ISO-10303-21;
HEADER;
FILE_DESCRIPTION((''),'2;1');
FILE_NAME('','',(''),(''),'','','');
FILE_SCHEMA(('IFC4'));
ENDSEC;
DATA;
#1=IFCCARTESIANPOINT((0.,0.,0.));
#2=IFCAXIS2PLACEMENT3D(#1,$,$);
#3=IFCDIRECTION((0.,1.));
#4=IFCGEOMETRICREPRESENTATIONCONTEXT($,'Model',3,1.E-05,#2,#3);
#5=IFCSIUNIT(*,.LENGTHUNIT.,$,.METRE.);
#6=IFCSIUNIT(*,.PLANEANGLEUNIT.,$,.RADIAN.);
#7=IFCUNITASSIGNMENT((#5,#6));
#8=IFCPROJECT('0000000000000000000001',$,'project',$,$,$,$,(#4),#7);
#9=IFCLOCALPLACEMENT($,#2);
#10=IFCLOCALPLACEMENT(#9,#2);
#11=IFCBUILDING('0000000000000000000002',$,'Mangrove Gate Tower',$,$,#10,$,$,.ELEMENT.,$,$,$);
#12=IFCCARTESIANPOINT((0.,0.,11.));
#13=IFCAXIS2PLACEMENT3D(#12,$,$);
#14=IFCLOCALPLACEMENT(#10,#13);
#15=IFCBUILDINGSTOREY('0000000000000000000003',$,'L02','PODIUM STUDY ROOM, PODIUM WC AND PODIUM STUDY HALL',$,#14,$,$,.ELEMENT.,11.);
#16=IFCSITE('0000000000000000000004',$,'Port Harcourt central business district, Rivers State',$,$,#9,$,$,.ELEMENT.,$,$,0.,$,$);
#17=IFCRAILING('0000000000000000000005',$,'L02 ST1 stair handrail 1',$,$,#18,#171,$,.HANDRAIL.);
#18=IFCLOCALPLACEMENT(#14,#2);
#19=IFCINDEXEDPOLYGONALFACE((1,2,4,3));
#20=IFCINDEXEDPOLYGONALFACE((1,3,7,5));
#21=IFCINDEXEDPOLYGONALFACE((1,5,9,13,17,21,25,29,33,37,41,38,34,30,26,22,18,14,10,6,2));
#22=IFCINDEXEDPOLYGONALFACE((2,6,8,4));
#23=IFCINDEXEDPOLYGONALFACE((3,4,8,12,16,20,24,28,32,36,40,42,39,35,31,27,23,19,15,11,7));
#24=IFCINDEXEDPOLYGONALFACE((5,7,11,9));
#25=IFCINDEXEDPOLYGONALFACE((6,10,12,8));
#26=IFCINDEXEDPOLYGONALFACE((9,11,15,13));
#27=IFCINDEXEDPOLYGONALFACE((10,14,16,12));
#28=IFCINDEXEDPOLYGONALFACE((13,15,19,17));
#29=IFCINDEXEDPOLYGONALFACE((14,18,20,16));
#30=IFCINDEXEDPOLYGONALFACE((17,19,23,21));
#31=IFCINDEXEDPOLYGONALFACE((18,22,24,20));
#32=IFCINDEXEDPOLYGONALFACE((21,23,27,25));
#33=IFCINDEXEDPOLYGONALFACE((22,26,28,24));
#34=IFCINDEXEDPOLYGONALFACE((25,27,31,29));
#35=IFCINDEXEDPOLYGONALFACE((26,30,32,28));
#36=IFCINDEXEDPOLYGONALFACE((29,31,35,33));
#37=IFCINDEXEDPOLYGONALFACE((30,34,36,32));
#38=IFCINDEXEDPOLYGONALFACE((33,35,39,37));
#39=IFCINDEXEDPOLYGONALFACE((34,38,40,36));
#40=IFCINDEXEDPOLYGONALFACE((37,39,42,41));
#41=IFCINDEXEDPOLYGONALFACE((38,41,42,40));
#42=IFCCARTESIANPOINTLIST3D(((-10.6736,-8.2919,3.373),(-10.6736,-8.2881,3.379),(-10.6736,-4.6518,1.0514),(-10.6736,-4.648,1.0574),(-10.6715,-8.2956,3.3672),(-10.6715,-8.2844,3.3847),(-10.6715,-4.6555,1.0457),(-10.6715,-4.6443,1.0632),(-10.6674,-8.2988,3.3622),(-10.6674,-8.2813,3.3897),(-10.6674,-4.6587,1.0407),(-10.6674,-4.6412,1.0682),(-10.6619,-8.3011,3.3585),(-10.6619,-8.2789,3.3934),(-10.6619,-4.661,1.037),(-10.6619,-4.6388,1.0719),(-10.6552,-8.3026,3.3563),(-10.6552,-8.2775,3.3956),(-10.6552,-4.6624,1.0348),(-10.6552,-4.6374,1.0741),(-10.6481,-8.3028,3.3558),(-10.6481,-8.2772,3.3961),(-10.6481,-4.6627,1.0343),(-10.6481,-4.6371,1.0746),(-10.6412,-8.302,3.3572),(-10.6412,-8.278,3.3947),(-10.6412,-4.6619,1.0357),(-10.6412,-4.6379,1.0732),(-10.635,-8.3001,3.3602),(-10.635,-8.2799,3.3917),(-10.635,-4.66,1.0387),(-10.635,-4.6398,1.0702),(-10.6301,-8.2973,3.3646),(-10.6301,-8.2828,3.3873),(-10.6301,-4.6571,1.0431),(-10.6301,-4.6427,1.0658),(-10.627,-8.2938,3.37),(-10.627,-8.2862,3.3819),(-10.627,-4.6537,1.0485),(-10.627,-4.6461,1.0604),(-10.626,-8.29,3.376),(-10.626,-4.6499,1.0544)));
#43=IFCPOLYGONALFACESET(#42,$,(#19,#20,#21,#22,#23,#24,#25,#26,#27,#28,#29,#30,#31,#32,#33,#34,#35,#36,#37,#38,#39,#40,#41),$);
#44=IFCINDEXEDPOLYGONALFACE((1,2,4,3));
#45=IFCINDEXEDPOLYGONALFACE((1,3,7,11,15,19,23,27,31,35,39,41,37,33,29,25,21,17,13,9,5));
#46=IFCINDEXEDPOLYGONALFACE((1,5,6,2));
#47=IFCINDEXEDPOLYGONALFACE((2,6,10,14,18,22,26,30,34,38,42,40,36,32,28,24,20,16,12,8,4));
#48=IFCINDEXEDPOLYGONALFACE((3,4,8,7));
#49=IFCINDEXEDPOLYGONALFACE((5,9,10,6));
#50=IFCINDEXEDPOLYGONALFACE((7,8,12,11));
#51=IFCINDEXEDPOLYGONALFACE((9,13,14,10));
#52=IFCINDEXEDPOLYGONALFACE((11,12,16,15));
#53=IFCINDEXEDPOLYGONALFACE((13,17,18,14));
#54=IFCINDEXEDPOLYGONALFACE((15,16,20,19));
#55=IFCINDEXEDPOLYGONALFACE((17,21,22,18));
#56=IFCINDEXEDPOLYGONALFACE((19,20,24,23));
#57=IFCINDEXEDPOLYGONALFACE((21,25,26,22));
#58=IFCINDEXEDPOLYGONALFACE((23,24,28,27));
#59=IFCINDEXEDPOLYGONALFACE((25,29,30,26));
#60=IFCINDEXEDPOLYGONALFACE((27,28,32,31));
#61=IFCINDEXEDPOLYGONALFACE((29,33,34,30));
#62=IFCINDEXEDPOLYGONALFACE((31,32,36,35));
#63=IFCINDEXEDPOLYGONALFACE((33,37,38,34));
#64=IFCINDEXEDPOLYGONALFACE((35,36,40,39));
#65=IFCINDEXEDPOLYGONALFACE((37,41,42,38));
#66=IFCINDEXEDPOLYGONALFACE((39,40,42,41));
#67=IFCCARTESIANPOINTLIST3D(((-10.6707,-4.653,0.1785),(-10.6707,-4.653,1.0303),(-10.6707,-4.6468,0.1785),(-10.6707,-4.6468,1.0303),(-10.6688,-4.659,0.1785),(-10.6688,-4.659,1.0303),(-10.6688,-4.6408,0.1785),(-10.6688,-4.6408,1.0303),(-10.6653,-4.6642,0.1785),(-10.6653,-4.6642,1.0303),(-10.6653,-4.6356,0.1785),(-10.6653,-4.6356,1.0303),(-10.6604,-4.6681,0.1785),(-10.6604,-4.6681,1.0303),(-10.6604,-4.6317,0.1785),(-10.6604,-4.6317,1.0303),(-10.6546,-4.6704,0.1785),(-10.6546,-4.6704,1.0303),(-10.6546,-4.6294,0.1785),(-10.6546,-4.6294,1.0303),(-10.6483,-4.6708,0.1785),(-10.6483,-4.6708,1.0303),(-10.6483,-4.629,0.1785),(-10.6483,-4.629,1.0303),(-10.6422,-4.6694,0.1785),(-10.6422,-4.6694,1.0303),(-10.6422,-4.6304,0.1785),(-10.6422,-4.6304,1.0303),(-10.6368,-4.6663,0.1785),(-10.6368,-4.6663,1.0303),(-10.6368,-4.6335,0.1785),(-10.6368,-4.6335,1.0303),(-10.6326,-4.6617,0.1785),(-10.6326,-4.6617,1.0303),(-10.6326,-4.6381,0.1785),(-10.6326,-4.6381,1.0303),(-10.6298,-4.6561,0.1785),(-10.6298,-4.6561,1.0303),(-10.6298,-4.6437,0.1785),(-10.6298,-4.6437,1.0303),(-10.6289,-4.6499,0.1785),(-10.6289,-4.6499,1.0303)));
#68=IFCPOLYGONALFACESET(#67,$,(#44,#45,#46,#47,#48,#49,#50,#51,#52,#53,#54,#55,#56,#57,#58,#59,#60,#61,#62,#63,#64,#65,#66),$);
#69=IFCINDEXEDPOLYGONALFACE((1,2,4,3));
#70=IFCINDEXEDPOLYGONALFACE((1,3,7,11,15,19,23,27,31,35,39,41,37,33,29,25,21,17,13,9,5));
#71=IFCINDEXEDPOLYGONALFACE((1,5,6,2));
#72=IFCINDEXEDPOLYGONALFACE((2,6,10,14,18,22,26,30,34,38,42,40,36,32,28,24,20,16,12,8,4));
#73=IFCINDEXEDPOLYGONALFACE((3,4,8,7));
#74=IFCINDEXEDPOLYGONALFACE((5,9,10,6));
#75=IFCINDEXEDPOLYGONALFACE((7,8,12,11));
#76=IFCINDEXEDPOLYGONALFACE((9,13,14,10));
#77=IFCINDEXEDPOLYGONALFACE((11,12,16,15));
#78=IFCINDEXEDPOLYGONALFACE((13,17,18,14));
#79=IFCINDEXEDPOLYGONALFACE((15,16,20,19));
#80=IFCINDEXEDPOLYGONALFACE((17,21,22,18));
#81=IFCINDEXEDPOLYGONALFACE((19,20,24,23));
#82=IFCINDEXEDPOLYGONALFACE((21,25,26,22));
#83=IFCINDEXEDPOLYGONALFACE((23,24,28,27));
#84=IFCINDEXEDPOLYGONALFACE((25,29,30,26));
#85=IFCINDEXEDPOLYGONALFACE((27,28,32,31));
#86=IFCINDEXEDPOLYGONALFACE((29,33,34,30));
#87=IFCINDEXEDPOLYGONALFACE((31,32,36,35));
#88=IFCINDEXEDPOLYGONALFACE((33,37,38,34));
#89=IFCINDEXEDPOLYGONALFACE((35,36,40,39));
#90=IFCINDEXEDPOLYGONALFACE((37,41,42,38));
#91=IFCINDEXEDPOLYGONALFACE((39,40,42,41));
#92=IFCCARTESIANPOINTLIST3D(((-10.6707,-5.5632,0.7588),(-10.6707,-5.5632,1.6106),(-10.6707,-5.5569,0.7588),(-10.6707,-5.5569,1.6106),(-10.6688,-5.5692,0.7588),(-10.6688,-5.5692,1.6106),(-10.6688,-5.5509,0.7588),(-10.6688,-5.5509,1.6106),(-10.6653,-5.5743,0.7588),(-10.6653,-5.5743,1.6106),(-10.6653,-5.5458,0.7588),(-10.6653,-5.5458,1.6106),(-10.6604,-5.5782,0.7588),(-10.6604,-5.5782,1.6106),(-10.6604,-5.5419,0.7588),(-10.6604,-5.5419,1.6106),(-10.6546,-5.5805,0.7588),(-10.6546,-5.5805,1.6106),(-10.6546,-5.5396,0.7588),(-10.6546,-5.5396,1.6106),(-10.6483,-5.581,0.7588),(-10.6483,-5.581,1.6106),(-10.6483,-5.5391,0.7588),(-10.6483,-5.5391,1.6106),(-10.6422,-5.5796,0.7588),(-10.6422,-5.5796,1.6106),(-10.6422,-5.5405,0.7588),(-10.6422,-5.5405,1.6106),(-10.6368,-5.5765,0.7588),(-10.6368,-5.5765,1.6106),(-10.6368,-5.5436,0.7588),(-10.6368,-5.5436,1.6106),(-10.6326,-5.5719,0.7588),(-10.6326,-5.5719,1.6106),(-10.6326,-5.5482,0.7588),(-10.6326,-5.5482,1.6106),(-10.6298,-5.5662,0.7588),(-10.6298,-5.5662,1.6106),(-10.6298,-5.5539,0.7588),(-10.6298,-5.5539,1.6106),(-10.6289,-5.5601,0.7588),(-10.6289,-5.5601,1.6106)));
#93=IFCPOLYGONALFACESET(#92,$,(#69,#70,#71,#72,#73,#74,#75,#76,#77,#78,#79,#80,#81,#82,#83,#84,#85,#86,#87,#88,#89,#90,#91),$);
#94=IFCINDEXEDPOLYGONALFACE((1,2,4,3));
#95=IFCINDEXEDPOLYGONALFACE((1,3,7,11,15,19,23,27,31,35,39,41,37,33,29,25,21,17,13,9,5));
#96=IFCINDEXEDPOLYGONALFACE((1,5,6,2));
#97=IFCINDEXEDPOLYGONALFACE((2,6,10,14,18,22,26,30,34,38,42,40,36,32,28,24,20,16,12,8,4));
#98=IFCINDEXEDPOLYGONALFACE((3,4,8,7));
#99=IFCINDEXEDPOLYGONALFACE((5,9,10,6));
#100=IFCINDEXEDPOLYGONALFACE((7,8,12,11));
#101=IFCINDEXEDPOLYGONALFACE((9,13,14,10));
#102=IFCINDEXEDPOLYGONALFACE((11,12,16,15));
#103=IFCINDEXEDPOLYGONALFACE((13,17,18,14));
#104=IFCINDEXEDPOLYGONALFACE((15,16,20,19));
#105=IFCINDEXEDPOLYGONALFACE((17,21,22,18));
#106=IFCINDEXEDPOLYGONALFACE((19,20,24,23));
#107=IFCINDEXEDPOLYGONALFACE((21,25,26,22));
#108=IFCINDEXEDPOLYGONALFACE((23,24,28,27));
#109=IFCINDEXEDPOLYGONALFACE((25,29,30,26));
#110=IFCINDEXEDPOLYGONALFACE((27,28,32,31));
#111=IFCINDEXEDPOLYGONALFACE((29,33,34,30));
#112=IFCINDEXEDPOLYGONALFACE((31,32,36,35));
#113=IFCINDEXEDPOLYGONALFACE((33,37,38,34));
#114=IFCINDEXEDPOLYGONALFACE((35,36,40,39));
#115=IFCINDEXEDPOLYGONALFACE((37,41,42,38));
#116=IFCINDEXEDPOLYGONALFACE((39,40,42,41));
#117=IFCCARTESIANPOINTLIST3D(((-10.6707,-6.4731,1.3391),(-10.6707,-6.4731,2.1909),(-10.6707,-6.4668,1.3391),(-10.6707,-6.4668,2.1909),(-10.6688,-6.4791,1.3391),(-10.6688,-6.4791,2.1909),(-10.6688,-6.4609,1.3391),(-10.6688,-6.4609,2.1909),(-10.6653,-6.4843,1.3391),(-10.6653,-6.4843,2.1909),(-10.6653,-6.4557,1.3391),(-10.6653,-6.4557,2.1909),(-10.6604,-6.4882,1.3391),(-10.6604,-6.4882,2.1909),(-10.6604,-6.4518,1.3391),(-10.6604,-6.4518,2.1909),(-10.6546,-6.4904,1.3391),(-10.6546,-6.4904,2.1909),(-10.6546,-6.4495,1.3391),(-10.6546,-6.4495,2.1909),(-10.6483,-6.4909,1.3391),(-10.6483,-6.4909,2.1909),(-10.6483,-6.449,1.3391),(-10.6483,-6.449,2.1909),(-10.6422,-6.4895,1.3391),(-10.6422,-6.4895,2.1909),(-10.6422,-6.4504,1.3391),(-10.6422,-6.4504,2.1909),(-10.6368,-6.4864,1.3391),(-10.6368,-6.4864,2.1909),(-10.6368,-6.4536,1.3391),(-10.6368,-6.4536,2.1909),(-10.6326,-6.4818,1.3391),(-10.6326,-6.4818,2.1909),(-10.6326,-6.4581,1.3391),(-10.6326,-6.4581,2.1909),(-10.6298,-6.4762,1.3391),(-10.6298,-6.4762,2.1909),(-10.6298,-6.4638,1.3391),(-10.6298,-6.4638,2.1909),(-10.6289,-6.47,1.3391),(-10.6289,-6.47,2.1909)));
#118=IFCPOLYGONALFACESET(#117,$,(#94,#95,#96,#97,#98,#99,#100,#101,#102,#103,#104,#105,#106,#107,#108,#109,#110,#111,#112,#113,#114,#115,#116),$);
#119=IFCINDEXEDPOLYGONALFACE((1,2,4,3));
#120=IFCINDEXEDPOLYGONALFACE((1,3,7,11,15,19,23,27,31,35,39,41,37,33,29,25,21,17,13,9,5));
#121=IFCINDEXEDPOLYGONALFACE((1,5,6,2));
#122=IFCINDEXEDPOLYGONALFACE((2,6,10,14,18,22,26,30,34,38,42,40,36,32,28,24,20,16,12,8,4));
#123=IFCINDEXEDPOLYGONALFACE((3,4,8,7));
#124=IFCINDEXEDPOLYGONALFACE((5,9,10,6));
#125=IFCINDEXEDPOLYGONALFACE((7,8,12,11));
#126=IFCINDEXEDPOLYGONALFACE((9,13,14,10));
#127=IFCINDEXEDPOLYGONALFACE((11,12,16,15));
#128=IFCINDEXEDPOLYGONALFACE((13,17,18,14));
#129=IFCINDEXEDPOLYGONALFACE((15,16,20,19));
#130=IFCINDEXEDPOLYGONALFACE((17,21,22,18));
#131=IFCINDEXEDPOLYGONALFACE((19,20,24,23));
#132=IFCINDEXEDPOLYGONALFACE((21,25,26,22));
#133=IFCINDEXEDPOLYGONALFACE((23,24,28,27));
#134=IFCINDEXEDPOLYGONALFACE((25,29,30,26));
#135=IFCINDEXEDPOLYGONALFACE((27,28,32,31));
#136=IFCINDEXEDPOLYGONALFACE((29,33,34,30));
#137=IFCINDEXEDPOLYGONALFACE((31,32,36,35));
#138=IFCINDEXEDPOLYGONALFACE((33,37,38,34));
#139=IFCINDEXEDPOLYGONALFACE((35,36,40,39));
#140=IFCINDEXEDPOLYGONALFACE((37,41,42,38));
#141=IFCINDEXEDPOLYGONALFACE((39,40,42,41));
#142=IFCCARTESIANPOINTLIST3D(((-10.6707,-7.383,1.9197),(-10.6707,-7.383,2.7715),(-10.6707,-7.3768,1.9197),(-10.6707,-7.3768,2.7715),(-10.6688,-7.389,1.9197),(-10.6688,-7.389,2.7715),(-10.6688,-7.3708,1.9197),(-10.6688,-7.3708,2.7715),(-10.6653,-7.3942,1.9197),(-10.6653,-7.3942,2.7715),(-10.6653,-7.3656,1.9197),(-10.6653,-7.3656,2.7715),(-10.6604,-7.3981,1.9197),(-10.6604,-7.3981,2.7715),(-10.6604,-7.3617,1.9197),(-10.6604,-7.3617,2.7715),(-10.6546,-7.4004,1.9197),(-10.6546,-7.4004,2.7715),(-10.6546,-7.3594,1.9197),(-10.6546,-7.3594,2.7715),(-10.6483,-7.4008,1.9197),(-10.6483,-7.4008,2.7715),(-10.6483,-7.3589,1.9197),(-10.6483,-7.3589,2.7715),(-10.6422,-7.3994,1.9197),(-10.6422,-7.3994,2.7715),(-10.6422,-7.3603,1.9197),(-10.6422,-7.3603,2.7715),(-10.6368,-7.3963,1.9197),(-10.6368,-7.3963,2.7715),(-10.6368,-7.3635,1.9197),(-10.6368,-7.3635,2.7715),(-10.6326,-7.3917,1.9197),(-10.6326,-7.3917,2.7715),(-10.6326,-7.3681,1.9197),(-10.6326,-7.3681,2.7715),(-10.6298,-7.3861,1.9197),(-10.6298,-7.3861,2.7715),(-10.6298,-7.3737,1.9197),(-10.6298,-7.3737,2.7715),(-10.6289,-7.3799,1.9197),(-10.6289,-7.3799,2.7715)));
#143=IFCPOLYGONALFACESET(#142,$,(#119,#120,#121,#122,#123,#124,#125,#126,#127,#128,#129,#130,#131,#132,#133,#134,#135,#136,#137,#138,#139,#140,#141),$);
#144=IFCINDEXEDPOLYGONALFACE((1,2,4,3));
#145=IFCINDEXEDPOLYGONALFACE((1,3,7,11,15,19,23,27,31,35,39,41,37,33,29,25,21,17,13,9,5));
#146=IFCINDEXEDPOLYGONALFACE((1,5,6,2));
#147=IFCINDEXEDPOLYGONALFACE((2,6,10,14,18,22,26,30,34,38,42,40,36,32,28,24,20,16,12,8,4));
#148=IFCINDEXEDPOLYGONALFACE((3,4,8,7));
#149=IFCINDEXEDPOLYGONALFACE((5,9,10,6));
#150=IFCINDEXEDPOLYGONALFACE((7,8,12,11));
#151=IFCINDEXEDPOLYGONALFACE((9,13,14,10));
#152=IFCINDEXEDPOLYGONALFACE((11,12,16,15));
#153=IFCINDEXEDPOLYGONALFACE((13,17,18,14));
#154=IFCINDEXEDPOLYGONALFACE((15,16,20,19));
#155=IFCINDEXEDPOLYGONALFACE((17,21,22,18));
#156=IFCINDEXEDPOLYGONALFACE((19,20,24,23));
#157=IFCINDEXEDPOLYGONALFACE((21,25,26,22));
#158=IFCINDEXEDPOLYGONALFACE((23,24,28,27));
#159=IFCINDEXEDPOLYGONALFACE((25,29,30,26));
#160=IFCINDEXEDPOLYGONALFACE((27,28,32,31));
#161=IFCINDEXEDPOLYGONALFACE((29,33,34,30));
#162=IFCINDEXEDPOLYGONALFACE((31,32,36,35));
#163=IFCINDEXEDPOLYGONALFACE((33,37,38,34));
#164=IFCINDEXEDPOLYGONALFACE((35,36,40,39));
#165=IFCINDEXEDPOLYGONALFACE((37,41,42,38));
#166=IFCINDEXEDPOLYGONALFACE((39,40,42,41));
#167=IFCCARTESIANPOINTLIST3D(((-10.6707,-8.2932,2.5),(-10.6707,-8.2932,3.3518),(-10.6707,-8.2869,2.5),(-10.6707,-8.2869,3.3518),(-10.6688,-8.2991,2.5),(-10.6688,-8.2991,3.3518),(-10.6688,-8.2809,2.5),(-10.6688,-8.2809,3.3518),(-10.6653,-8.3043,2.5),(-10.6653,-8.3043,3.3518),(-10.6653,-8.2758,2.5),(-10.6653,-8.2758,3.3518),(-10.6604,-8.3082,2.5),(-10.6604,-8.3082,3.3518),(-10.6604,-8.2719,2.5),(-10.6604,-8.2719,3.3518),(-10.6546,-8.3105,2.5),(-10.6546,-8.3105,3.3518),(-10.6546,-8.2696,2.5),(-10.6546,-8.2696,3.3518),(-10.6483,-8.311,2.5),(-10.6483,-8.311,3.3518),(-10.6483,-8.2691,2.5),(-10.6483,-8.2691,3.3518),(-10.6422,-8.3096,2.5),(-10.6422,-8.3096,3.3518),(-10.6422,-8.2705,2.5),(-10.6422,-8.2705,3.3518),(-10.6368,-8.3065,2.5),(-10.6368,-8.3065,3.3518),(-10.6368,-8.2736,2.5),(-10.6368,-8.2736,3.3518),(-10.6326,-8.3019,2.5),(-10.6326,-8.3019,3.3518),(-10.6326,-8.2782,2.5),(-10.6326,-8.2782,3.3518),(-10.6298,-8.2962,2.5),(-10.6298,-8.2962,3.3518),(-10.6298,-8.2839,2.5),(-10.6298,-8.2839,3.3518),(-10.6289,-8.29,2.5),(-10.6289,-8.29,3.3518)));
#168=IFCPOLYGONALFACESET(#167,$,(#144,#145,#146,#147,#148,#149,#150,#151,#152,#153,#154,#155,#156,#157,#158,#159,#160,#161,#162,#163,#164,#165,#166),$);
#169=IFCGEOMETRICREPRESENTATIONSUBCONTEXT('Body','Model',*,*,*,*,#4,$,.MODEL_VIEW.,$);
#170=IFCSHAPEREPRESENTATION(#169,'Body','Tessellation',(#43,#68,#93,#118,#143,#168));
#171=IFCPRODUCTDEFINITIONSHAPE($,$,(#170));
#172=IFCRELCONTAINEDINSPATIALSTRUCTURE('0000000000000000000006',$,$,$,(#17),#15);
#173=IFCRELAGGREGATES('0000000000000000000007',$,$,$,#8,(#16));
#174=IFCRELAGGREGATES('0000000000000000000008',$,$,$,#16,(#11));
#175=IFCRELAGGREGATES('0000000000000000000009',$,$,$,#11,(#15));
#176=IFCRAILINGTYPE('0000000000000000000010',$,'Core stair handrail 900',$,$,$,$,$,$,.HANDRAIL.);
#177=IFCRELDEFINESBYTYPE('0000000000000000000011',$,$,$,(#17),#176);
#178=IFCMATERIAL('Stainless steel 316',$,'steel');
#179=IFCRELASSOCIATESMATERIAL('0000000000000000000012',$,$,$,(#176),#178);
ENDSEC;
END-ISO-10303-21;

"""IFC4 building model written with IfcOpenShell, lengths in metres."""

from ifc_helpers import new_model, si_unit, direction, frame, origin, origin_2d, place, context, subcontext, project, spatial, circle, extrude, material, type_object, element, save


model = new_model("IFC4")

# Units and contexts
model_context = context("Model", 3, precision=1e-05, world=origin(), true_north=direction((0.0, 1.0)))
body_context = subcontext(model_context, "Body", "Model", "MODEL_VIEW")
ifc_project = project(units=[si_unit("LENGTHUNIT", "METRE"), si_unit("PLANEANGLEUNIT", "RADIAN")], contexts=[model_context])

# Site, building, storey
site_placement = place(None, origin())
site = spatial("IfcSite", under=ifc_project, at=site_placement, Name="Port Harcourt central business district, Rivers State", CompositionType="ELEMENT", RefElevation=0.0)
building_placement = place(site_placement, origin())
building = spatial("IfcBuilding", under=site, at=building_placement, Name="Mangrove Gate Tower", CompositionType="ELEMENT")
storey_placement = place(building_placement, frame((0.0, 0.0, 11.0)))
storey = spatial("IfcBuildingStorey", under=building, at=storey_placement, Name="L02", Description="PODIUM STUDY ROOM, PODIUM WC AND PODIUM STUDY HALL", CompositionType="ELEMENT", Elevation=11.0)

# Railing
ifc_material_1 = material(Name="Stainless steel 316", Category="steel")
railing_type = type_object("IfcRailingType", Name="Core stair handrail 900", PredefinedType="HANDRAIL", material=ifc_material_1)
railing_placement = place(storey_placement, frame((-10.6499, -4.6499, 0.1785)))
element("IfcRailing", 1, at=railing_placement, inside=storey, type_object=railing_type, Name="L02 ST1 stair handrail 1", PredefinedType="HANDRAIL", context=body_context, shape_type="SweptSolid", body=[
    extrude(circle(Radius=0.0239, at=origin_2d()), frame((0.0, 0.0, 0.876), z_axis=(0.0, -0.843128, 0.537713), x_axis=(1.0, 0.0, 0.0)), (0.0, 0.0, 1.0), 4.3174),
    extrude(circle(Radius=0.021, at=origin_2d()), origin(), (0.0, 0.0, 1.0), 0.8518),
    extrude(circle(Radius=0.021, at=origin_2d()), frame((0.0, -0.9102, 0.5803)), (0.0, 0.0, 1.0), 0.8518),
    extrude(circle(Radius=0.021, at=origin_2d()), frame((0.0, -1.8201, 1.1606)), (0.0, 0.0, 1.0), 0.8518),
    extrude(circle(Radius=0.021, at=origin_2d()), frame((0.0, -2.73, 1.7412)), (0.0, 0.0, 1.0), 0.8518),
    extrude(circle(Radius=0.021, at=origin_2d()), frame((0.0, -3.6401, 2.3215)), (0.0, 0.0, 1.0), 0.8518),
])

save(model, "model.ifc")
